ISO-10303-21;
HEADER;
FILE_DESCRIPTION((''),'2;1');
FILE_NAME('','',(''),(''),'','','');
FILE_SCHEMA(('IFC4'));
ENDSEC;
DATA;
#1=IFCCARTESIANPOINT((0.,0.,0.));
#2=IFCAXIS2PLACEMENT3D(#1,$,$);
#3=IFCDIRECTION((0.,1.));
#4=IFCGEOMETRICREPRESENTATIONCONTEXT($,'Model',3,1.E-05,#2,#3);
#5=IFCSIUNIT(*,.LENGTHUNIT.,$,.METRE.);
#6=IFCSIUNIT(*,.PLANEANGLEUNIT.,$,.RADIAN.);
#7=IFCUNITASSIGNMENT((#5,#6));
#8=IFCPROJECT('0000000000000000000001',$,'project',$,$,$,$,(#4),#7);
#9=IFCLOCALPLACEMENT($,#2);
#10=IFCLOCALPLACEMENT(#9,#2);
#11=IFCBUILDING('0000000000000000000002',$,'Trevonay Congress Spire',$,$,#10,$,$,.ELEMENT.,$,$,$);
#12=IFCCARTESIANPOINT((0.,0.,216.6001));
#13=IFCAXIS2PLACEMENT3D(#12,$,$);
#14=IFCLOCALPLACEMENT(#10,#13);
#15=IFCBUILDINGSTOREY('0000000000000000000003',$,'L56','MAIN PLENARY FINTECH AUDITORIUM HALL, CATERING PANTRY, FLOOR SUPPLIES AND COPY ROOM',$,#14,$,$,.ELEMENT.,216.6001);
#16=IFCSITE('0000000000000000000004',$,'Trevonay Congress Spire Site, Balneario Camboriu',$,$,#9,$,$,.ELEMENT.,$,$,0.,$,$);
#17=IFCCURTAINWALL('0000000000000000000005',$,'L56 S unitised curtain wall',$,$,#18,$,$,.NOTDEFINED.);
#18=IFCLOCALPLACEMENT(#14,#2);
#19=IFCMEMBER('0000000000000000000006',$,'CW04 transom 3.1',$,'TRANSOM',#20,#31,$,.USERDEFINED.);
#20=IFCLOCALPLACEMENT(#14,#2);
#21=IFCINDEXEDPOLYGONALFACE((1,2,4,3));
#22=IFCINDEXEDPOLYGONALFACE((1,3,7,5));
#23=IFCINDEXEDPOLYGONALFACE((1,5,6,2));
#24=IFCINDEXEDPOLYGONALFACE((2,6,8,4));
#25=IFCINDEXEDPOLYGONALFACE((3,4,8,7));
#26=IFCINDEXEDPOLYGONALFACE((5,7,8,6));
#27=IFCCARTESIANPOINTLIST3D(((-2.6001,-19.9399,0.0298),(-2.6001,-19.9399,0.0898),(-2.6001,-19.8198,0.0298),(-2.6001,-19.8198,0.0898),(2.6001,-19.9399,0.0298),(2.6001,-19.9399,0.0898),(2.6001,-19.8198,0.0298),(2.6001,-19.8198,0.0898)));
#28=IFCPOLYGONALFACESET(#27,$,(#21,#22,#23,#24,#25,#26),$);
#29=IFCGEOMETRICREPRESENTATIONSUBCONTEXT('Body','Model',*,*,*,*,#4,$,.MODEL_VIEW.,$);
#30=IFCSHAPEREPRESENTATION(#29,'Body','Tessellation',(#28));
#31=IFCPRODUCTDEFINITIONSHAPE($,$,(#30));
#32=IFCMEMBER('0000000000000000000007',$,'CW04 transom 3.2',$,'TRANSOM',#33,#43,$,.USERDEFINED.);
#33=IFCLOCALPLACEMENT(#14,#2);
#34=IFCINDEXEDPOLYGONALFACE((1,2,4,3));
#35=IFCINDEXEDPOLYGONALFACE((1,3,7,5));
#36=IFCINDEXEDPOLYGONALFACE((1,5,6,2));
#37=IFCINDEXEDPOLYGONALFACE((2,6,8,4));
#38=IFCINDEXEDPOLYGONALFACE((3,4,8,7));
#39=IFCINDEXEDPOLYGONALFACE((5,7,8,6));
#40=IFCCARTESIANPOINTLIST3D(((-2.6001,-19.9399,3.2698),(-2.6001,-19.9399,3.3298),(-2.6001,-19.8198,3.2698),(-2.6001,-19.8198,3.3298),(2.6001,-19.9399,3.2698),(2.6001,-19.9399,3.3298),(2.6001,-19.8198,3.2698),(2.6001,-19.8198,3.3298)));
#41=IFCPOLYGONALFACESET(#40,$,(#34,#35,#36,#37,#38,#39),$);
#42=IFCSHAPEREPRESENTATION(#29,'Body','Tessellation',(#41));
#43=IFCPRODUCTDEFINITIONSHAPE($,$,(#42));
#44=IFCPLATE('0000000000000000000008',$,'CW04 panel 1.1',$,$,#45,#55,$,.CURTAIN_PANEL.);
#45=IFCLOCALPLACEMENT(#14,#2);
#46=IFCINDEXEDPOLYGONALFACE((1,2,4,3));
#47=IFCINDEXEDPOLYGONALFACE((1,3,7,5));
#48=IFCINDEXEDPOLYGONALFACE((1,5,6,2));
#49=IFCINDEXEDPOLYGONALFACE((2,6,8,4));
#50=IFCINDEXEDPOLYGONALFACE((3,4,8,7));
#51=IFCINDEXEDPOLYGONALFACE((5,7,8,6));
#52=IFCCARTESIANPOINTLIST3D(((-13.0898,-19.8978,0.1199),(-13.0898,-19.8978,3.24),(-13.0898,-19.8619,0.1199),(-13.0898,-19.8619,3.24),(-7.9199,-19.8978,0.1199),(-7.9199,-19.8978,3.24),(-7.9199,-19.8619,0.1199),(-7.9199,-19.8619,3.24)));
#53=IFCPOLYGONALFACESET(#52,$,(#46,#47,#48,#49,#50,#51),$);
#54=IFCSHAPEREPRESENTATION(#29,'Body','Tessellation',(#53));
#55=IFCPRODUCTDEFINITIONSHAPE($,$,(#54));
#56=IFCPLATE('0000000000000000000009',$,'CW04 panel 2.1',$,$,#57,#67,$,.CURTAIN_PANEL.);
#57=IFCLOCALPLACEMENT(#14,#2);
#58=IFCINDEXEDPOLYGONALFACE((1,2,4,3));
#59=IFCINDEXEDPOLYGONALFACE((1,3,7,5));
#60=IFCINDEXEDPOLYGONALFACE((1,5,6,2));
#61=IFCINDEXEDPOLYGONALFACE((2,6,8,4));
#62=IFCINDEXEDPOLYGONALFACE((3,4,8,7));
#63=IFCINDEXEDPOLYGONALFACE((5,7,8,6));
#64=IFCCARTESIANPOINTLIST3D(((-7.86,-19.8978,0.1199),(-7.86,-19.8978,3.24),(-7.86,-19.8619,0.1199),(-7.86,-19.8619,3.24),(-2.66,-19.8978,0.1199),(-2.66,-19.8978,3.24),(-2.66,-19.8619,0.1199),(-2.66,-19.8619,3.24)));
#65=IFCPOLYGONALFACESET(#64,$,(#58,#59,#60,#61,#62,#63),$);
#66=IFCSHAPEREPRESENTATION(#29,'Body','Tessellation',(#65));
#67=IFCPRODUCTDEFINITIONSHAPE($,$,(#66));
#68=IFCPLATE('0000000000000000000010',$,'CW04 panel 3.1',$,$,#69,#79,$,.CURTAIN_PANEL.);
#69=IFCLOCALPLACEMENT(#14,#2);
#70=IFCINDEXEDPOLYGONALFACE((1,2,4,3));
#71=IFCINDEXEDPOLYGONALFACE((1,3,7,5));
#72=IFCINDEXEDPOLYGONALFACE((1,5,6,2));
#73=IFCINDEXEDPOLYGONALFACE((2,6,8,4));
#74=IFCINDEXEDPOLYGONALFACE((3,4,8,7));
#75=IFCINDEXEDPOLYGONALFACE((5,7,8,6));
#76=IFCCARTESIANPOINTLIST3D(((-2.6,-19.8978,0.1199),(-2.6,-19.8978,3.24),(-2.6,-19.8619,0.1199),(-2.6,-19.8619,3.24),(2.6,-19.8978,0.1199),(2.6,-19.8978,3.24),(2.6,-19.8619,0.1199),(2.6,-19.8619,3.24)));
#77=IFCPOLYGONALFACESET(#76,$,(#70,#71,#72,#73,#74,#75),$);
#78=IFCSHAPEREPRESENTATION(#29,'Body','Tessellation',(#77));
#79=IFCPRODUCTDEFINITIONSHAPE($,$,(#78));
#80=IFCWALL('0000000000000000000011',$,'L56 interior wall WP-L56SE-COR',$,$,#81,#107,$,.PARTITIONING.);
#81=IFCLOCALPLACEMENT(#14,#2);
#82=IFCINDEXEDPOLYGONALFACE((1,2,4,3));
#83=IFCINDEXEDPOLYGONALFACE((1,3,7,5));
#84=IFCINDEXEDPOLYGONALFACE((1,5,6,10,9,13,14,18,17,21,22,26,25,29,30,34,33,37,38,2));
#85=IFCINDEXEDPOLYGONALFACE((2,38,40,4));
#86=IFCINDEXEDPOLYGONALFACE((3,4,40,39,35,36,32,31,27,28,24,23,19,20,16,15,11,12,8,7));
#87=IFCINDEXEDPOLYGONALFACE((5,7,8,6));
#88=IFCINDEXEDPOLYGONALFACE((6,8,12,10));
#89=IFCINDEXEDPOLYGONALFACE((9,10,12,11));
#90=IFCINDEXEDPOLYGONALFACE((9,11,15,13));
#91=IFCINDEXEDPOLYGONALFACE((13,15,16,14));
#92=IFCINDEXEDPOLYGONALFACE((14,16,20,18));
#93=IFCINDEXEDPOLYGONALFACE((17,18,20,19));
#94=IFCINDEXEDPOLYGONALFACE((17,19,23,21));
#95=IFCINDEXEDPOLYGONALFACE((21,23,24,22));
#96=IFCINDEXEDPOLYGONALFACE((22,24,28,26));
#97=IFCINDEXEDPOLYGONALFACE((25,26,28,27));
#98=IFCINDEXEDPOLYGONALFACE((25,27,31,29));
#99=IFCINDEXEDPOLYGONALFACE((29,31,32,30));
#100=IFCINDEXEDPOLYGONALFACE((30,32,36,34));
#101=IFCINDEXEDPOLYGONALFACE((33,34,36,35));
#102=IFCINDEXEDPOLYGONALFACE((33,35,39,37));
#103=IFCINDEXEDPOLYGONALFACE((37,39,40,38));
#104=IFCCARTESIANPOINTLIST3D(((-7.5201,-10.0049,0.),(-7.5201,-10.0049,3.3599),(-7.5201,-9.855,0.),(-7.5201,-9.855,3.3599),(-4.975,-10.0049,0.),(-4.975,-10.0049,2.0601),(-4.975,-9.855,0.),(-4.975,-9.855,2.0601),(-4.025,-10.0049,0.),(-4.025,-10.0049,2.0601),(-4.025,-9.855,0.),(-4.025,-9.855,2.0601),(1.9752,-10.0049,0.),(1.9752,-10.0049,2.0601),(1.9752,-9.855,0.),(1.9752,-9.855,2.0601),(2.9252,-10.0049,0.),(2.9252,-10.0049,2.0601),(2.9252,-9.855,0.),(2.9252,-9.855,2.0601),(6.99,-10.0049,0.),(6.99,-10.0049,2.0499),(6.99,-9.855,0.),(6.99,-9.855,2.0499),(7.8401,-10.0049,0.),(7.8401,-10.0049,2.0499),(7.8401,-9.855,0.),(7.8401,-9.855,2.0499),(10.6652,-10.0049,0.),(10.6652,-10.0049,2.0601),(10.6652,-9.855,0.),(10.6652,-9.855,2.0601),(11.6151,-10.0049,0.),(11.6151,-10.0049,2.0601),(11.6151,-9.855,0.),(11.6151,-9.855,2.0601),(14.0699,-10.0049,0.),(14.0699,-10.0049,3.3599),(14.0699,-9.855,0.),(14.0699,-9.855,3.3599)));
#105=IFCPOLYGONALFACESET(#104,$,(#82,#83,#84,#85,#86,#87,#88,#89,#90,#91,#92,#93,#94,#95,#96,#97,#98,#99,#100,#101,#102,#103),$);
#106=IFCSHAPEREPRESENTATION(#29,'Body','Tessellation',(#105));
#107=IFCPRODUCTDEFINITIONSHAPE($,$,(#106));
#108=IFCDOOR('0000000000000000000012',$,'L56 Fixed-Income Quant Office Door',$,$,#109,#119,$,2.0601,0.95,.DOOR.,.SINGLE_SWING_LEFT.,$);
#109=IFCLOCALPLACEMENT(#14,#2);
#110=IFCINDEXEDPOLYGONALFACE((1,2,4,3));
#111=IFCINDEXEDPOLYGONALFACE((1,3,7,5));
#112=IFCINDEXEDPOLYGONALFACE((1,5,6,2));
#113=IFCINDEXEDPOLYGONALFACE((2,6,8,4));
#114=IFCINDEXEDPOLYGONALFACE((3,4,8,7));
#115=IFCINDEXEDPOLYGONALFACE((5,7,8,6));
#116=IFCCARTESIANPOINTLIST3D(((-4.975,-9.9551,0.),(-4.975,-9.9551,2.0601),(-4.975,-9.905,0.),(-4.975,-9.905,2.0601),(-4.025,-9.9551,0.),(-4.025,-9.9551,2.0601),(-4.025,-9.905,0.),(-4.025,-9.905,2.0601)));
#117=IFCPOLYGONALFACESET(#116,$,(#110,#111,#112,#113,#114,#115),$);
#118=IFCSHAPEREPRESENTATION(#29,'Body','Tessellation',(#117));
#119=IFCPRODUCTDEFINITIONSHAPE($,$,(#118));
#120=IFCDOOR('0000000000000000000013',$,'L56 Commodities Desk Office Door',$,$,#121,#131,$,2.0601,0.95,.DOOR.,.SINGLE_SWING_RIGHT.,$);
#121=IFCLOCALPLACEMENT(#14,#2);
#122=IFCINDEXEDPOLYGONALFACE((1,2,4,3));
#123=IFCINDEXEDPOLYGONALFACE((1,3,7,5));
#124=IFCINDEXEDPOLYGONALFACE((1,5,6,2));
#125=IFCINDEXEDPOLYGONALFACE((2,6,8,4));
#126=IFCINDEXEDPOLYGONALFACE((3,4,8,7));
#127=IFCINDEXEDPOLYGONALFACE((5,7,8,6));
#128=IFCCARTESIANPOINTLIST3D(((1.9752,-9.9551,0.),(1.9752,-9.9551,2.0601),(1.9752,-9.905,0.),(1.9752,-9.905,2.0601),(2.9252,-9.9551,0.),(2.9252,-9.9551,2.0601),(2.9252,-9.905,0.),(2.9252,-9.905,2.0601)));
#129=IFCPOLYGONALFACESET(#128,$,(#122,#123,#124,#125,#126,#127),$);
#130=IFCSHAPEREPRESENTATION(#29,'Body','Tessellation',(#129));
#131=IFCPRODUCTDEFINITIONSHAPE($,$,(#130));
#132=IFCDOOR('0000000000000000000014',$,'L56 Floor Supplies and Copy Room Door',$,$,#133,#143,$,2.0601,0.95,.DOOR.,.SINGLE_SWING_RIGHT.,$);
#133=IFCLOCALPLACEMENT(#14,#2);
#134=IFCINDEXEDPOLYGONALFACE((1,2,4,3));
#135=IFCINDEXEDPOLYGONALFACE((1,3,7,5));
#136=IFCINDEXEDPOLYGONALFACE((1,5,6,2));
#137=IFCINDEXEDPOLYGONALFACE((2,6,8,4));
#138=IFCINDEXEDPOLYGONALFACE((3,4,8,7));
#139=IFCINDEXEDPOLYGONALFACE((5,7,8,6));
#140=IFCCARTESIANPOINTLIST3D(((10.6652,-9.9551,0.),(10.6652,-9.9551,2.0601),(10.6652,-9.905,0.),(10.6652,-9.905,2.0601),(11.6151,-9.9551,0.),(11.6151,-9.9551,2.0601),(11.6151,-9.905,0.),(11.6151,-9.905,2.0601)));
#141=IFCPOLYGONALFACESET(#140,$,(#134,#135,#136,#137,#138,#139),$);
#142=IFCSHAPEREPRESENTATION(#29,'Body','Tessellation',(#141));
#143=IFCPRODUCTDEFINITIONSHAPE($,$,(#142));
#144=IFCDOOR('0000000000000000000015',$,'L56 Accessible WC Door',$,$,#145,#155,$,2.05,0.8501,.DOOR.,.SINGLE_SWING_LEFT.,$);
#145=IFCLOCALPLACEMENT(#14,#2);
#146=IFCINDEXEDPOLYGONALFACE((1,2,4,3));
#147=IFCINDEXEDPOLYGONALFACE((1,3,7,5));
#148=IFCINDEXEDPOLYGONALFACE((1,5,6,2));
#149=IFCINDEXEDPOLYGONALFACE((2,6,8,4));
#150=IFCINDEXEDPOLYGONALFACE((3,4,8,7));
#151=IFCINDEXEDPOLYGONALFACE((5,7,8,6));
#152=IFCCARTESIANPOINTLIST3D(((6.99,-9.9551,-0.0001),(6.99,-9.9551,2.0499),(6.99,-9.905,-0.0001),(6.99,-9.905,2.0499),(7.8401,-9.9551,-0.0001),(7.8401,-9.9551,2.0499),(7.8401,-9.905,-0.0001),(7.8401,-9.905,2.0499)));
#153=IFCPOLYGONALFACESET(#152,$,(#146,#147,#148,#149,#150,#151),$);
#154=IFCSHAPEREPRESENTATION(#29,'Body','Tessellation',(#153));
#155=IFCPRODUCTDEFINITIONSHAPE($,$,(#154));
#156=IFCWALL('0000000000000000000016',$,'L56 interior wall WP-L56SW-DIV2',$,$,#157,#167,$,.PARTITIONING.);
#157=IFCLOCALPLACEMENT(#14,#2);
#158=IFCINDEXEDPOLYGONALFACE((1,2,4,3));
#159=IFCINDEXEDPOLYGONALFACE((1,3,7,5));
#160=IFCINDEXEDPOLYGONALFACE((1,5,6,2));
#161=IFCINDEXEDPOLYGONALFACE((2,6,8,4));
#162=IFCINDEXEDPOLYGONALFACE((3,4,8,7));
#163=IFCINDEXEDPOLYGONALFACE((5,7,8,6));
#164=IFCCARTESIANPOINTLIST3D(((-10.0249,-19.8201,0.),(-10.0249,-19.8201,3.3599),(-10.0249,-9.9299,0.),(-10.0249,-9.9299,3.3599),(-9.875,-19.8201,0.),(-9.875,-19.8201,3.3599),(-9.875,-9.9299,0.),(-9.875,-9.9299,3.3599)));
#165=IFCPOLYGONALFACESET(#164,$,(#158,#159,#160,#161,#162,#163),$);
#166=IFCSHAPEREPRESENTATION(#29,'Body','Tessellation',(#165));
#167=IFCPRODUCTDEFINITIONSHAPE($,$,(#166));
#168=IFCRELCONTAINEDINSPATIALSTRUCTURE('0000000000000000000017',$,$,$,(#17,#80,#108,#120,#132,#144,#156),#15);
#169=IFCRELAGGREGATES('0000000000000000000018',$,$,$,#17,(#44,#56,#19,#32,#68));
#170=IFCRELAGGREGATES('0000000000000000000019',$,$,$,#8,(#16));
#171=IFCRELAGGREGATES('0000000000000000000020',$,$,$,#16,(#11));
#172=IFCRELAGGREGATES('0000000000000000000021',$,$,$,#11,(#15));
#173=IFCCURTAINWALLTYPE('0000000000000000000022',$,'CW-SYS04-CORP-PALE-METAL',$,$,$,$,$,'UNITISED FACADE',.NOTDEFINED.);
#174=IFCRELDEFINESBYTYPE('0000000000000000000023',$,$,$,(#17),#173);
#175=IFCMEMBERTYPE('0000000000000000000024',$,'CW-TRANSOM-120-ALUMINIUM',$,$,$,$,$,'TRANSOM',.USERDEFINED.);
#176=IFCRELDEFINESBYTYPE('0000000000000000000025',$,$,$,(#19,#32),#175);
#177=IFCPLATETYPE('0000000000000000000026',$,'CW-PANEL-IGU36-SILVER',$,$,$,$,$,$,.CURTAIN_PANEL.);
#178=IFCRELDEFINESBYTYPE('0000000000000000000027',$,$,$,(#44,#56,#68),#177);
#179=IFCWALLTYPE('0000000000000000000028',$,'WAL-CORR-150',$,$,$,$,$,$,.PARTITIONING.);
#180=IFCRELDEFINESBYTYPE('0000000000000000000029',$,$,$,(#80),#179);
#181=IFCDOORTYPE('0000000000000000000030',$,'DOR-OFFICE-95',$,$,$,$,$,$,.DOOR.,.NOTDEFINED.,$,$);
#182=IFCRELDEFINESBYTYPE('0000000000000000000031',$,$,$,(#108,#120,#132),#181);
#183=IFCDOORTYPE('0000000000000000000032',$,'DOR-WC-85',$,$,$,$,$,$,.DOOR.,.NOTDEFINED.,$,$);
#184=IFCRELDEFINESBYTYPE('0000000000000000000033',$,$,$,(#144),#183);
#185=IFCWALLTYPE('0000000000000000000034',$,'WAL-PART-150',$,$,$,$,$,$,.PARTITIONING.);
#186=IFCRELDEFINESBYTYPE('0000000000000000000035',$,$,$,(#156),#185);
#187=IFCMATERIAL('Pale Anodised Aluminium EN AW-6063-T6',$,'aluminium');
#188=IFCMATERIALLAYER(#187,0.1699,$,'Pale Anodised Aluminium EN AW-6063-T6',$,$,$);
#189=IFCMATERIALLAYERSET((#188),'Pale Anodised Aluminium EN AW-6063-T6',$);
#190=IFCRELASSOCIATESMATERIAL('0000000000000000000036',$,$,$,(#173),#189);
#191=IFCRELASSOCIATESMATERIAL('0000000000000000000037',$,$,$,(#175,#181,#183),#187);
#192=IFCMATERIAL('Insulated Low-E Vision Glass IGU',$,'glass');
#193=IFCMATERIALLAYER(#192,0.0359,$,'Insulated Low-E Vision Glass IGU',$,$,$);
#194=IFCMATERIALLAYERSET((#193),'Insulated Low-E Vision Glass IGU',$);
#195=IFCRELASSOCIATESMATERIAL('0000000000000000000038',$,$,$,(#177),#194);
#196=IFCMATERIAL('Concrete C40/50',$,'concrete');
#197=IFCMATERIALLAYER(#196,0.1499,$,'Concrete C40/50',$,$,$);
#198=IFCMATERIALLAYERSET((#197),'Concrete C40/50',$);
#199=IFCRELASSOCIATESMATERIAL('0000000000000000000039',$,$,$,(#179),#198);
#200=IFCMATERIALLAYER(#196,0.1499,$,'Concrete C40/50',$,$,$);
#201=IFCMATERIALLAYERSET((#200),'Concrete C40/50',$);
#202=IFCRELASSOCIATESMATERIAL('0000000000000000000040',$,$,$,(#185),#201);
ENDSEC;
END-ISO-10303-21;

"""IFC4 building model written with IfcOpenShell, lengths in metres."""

from ifc_helpers import new_model, si_unit, direction, frame, frame_2d, origin, origin_2d, place, context, subcontext, project, spatial, rectangle, extrude, material, layer, layer_set, material_profile, profile_set, type_object, element, fill, aggregate, save


model = new_model("IFC4")

# Units and contexts
model_context = context("Model", 3, precision=1e-05, world=origin(), true_north=direction((0.0, 1.0)))
body_context = subcontext(model_context, "Body", "Model", "MODEL_VIEW")
ifc_project = project(units=[si_unit("LENGTHUNIT", "METRE"), si_unit("PLANEANGLEUNIT", "RADIAN")], contexts=[model_context])

# Site, building, storey
site_placement = place(None, origin())
site = spatial("IfcSite", under=ifc_project, at=site_placement, Name="Trevonay Congress Spire Site, Balneario Camboriu", CompositionType="ELEMENT", RefElevation=0.0)
building_placement = place(site_placement, origin())
building = spatial("IfcBuilding", under=site, at=building_placement, Name="Trevonay Congress Spire", CompositionType="ELEMENT")
storey_placement = place(building_placement, frame((0.0, 0.0, 216.6001)))
storey = spatial("IfcBuildingStorey", under=building, at=storey_placement, Name="L56", Description="MAIN PLENARY FINTECH AUDITORIUM HALL, CATERING PANTRY, FLOOR SUPPLIES AND COPY ROOM", CompositionType="ELEMENT", Elevation=216.6001)

# Curtain wall, members, plates
ifc_material_1 = material(Name="Pale Anodised Aluminium EN AW-6063-T6", Category="aluminium")
ifc_layer_1 = layer(ifc_material_1, 0.1699, Name="Pale Anodised Aluminium EN AW-6063-T6")
ifc_layer_set_1 = layer_set([ifc_layer_1], Name="Pale Anodised Aluminium EN AW-6063-T6")
curtain_wall_type = type_object("IfcCurtainWallType", Name="CW-SYS04-CORP-PALE-METAL", ElementType="UNITISED FACADE", PredefinedType="NOTDEFINED", material=ifc_layer_set_1)
curtain_wall_placement = place(storey_placement, origin())
curtain_wall = element("IfcCurtainWall", 1, at=curtain_wall_placement, inside=storey, type_object=curtain_wall_type, Name="L56 S unitised curtain wall", PredefinedType="NOTDEFINED")
ifc_material_profile_1 = material_profile(ifc_material_1, rectangle(XDim=0.1201, YDim=0.0601, at=origin_2d()), Name="CW-TRANSOM-120-ALUMINIUM")
ifc_profile_set_1 = profile_set([ifc_material_profile_1], Name="Pale Anodised Aluminium EN AW-6063-T6")
member_type_1 = type_object("IfcMemberType", Name="CW-TRANSOM-120-ALUMINIUM", ElementType="TRANSOM", PredefinedType="USERDEFINED", material=ifc_profile_set_1)
member_1_placement = place(storey_placement, frame((-2.6001, -19.8799, 0.0598), z_axis=(1.0, 0.0, 0.0), x_axis=(0.0, 1.0, 0.0)))
member_1 = element("IfcMember", 2, at=member_1_placement, type_object=member_type_1, Name="CW04 transom 3.1", ObjectType="TRANSOM", PredefinedType="USERDEFINED", context=body_context, shape_type="SweptSolid", body=[
    extrude(rectangle(XDim=0.1201, YDim=0.0601, at=origin_2d()), origin(), (0.0, 0.0, 1.0), 5.2002),
])
member_2_placement = place(storey_placement, frame((-2.6001, -19.8799, 3.2998), z_axis=(1.0, 0.0, 0.0), x_axis=(0.0, 1.0, 0.0)))
member_2 = element("IfcMember", 3, at=member_2_placement, type_object=member_type_1, Name="CW04 transom 3.2", ObjectType="TRANSOM", PredefinedType="USERDEFINED", context=body_context, shape_type="SweptSolid", body=[
    extrude(rectangle(XDim=0.1201, YDim=0.0601, at=origin_2d()), origin(), (0.0, 0.0, 1.0), 5.2002),
])
ifc_material_2 = material(Name="Insulated Low-E Vision Glass IGU", Category="glass")
ifc_layer_2 = layer(ifc_material_2, 0.0359, Name="Insulated Low-E Vision Glass IGU")
ifc_layer_set_2 = layer_set([ifc_layer_2], Name="Insulated Low-E Vision Glass IGU")
plate_type = type_object("IfcPlateType", Name="CW-PANEL-IGU36-SILVER", PredefinedType="CURTAIN_PANEL", material=ifc_layer_set_2)
plate_1_placement = place(storey_placement, frame((-10.5049, -19.8799, 0.1199), z_axis=(0.0, 0.0, 1.0), x_axis=(1.0, 0.0, 0.0)))
plate_1 = element("IfcPlate", 4, at=plate_1_placement, type_object=plate_type, Name="CW04 panel 1.1", PredefinedType="CURTAIN_PANEL", context=body_context, shape_type="SweptSolid", body=[
    extrude(rectangle(XDim=5.1699, YDim=0.0359, at=origin_2d()), origin(), (0.0, 0.0, 1.0), 3.1201),
])
plate_2_placement = place(storey_placement, frame((-5.26, -19.8799, 0.1199), z_axis=(0.0, 0.0, 1.0), x_axis=(1.0, 0.0, 0.0)))
plate_2 = element("IfcPlate", 5, at=plate_2_placement, type_object=plate_type, Name="CW04 panel 2.1", PredefinedType="CURTAIN_PANEL", context=body_context, shape_type="SweptSolid", body=[
    extrude(rectangle(XDim=5.2, YDim=0.0359, at=origin_2d()), origin(), (0.0, 0.0, 1.0), 3.1201),
])
plate_3_placement = place(storey_placement, frame((0.0, -19.8799, 0.1199), z_axis=(0.0, 0.0, 1.0), x_axis=(1.0, 0.0, 0.0)))
plate_3 = element("IfcPlate", 6, at=plate_3_placement, type_object=plate_type, Name="CW04 panel 3.1", PredefinedType="CURTAIN_PANEL", context=body_context, shape_type="SweptSolid", body=[
    extrude(rectangle(XDim=5.2, YDim=0.0359, at=origin_2d()), origin(), (0.0, 0.0, 1.0), 3.1201),
])
aggregate(curtain_wall, [plate_1, plate_2, member_1, member_2, plate_3])

# Wall, openings, doors
ifc_material_3 = material(Name="Concrete C40/50", Category="concrete")
ifc_layer_3 = layer(ifc_material_3, 0.1499, Name="Concrete C40/50")
ifc_layer_set_3 = layer_set([ifc_layer_3], Name="Concrete C40/50")
wall_type_1 = type_object("IfcWallType", Name="WAL-CORR-150", PredefinedType="PARTITIONING", material=ifc_layer_set_3)
wall_1_placement = place(storey_placement, frame((-7.52, -9.9299, 0.0), z_axis=(0.0, 0.0, 1.0), x_axis=(1.0, 0.0, 0.0)))
wall_1 = element("IfcWall", 7, at=wall_1_placement, inside=storey, type_object=wall_type_1, Name="L56 interior wall WP-L56SE-COR", PredefinedType="PARTITIONING", context=body_context, shape_type="SweptSolid", body=[
    extrude(rectangle(XDim=21.5901, YDim=0.1499, at=frame_2d((10.7949, 0.0))), origin(), (0.0, 0.0, 1.0), 3.3599),
])
opening_1_placement = place(wall_1_placement, frame((2.5449, 0.0, 0.0)))
opening_1 = element("IfcOpeningElement", 8, at=opening_1_placement, cuts=wall_1, PredefinedType="OPENING", context=body_context, shape_type="SweptSolid", body=[
    extrude(rectangle(XDim=0.95, YDim=2.0601, at=frame_2d((0.4751, 1.03))), frame((0.0, 0.085, 0.0), z_axis=(0.0, -1.0, 0.0), x_axis=(1.0, 0.0, 0.0)), (0.0, 0.0, 1.0), 0.1699),
])
opening_2_placement = place(wall_1_placement, frame((9.4951, 0.0, 0.0)))
opening_2 = element("IfcOpeningElement", 9, at=opening_2_placement, cuts=wall_1, PredefinedType="OPENING", context=body_context, shape_type="SweptSolid", body=[
    extrude(rectangle(XDim=0.95, YDim=2.0601, at=frame_2d((0.4751, 1.03))), frame((0.0, 0.085, 0.0), z_axis=(0.0, -1.0, 0.0), x_axis=(1.0, 0.0, 0.0)), (0.0, 0.0, 1.0), 0.1699),
])
opening_3_placement = place(wall_1_placement, frame((14.51, 0.0, 0.0)))
opening_3 = element("IfcOpeningElement", 10, at=opening_3_placement, cuts=wall_1, PredefinedType="OPENING", context=body_context, shape_type="SweptSolid", body=[
    extrude(rectangle(XDim=0.8501, YDim=2.05, at=frame_2d((0.425, 1.0249))), frame((0.0, 0.085, 0.0), z_axis=(0.0, -1.0, 0.0), x_axis=(1.0, 0.0, 0.0)), (0.0, 0.0, 1.0), 0.1699),
])
opening_4_placement = place(wall_1_placement, frame((18.1851, 0.0, 0.0)))
opening_4 = element("IfcOpeningElement", 11, at=opening_4_placement, cuts=wall_1, PredefinedType="OPENING", context=body_context, shape_type="SweptSolid", body=[
    extrude(rectangle(XDim=0.95, YDim=2.0601, at=frame_2d((0.4751, 1.03))), frame((0.0, 0.085, 0.0), z_axis=(0.0, -1.0, 0.0), x_axis=(1.0, 0.0, 0.0)), (0.0, 0.0, 1.0), 0.1699),
])
door_type_1 = type_object("IfcDoorType", Name="DOR-OFFICE-95", OperationType="NOTDEFINED", PredefinedType="DOOR", material=ifc_material_1)
door_1_placement = place(opening_1_placement, origin())
door_1 = element("IfcDoor", 12, at=door_1_placement, inside=storey, type_object=door_type_1, Name="L56 Fixed-Income Quant Office Door", OperationType="SINGLE_SWING_LEFT", OverallHeight=2.0601, OverallWidth=0.95, PredefinedType="DOOR", context=body_context, shape_type="SweptSolid", body=[
    extrude(rectangle(XDim=0.95, YDim=2.0601, at=frame_2d((0.4751, 1.03))), frame((0.0, 0.0249, 0.0), z_axis=(0.0, -1.0, 0.0), x_axis=(1.0, 0.0, 0.0)), (0.0, 0.0, 1.0), 0.05),
])
fill(opening_1, door_1)
door_2_placement = place(opening_2_placement, origin())
door_2 = element("IfcDoor", 13, at=door_2_placement, inside=storey, type_object=door_type_1, Name="L56 Commodities Desk Office Door", OperationType="SINGLE_SWING_RIGHT", OverallHeight=2.0601, OverallWidth=0.95, PredefinedType="DOOR", context=body_context, shape_type="SweptSolid", body=[
    extrude(rectangle(XDim=0.95, YDim=2.0601, at=frame_2d((0.4751, 1.03))), frame((0.0, 0.0249, 0.0), z_axis=(0.0, -1.0, 0.0), x_axis=(1.0, 0.0, 0.0)), (0.0, 0.0, 1.0), 0.05),
])
fill(opening_2, door_2)
door_3_placement = place(opening_4_placement, origin())
door_3 = element("IfcDoor", 14, at=door_3_placement, inside=storey, type_object=door_type_1, Name="L56 Floor Supplies and Copy Room Door", OperationType="SINGLE_SWING_RIGHT", OverallHeight=2.0601, OverallWidth=0.95, PredefinedType="DOOR", context=body_context, shape_type="SweptSolid", body=[
    extrude(rectangle(XDim=0.95, YDim=2.0601, at=frame_2d((0.4751, 1.03))), frame((0.0, 0.0249, 0.0), z_axis=(0.0, -1.0, 0.0), x_axis=(1.0, 0.0, 0.0)), (0.0, 0.0, 1.0), 0.05),
])
fill(opening_4, door_3)
door_type_2 = type_object("IfcDoorType", Name="DOR-WC-85", OperationType="NOTDEFINED", PredefinedType="DOOR", material=ifc_material_1)
door_4_placement = place(opening_3_placement, origin())
door_4 = element("IfcDoor", 15, at=door_4_placement, inside=storey, type_object=door_type_2, Name="L56 Accessible WC Door", OperationType="SINGLE_SWING_LEFT", OverallHeight=2.05, OverallWidth=0.8501, PredefinedType="DOOR", context=body_context, shape_type="SweptSolid", body=[
    extrude(rectangle(XDim=0.8501, YDim=2.05, at=frame_2d((0.425, 1.0249))), frame((0.0, 0.0249, 0.0), z_axis=(0.0, -1.0, 0.0), x_axis=(1.0, 0.0, 0.0)), (0.0, 0.0, 1.0), 0.05),
])
fill(opening_3, door_4)

# Wall
ifc_layer_4 = layer(ifc_material_3, 0.1499, Name="Concrete C40/50")
ifc_layer_set_4 = layer_set([ifc_layer_4], Name="Concrete C40/50")
wall_type_2 = type_object("IfcWallType", Name="WAL-PART-150", PredefinedType="PARTITIONING", material=ifc_layer_set_4)
wall_2_placement = place(storey_placement, frame((-9.95, -19.8201, 0.0), z_axis=(0.0, 0.0, 1.0), x_axis=(0.0, 1.0, 0.0)))
element("IfcWall", 16, at=wall_2_placement, inside=storey, type_object=wall_type_2, Name="L56 interior wall WP-L56SW-DIV2", PredefinedType="PARTITIONING", context=body_context, shape_type="SweptSolid", body=[
    extrude(rectangle(XDim=9.8901, YDim=0.1499, at=frame_2d((4.9451, 0.0))), origin(), (0.0, 0.0, 1.0), 3.3599),
])

save(model, "model.ifc")
